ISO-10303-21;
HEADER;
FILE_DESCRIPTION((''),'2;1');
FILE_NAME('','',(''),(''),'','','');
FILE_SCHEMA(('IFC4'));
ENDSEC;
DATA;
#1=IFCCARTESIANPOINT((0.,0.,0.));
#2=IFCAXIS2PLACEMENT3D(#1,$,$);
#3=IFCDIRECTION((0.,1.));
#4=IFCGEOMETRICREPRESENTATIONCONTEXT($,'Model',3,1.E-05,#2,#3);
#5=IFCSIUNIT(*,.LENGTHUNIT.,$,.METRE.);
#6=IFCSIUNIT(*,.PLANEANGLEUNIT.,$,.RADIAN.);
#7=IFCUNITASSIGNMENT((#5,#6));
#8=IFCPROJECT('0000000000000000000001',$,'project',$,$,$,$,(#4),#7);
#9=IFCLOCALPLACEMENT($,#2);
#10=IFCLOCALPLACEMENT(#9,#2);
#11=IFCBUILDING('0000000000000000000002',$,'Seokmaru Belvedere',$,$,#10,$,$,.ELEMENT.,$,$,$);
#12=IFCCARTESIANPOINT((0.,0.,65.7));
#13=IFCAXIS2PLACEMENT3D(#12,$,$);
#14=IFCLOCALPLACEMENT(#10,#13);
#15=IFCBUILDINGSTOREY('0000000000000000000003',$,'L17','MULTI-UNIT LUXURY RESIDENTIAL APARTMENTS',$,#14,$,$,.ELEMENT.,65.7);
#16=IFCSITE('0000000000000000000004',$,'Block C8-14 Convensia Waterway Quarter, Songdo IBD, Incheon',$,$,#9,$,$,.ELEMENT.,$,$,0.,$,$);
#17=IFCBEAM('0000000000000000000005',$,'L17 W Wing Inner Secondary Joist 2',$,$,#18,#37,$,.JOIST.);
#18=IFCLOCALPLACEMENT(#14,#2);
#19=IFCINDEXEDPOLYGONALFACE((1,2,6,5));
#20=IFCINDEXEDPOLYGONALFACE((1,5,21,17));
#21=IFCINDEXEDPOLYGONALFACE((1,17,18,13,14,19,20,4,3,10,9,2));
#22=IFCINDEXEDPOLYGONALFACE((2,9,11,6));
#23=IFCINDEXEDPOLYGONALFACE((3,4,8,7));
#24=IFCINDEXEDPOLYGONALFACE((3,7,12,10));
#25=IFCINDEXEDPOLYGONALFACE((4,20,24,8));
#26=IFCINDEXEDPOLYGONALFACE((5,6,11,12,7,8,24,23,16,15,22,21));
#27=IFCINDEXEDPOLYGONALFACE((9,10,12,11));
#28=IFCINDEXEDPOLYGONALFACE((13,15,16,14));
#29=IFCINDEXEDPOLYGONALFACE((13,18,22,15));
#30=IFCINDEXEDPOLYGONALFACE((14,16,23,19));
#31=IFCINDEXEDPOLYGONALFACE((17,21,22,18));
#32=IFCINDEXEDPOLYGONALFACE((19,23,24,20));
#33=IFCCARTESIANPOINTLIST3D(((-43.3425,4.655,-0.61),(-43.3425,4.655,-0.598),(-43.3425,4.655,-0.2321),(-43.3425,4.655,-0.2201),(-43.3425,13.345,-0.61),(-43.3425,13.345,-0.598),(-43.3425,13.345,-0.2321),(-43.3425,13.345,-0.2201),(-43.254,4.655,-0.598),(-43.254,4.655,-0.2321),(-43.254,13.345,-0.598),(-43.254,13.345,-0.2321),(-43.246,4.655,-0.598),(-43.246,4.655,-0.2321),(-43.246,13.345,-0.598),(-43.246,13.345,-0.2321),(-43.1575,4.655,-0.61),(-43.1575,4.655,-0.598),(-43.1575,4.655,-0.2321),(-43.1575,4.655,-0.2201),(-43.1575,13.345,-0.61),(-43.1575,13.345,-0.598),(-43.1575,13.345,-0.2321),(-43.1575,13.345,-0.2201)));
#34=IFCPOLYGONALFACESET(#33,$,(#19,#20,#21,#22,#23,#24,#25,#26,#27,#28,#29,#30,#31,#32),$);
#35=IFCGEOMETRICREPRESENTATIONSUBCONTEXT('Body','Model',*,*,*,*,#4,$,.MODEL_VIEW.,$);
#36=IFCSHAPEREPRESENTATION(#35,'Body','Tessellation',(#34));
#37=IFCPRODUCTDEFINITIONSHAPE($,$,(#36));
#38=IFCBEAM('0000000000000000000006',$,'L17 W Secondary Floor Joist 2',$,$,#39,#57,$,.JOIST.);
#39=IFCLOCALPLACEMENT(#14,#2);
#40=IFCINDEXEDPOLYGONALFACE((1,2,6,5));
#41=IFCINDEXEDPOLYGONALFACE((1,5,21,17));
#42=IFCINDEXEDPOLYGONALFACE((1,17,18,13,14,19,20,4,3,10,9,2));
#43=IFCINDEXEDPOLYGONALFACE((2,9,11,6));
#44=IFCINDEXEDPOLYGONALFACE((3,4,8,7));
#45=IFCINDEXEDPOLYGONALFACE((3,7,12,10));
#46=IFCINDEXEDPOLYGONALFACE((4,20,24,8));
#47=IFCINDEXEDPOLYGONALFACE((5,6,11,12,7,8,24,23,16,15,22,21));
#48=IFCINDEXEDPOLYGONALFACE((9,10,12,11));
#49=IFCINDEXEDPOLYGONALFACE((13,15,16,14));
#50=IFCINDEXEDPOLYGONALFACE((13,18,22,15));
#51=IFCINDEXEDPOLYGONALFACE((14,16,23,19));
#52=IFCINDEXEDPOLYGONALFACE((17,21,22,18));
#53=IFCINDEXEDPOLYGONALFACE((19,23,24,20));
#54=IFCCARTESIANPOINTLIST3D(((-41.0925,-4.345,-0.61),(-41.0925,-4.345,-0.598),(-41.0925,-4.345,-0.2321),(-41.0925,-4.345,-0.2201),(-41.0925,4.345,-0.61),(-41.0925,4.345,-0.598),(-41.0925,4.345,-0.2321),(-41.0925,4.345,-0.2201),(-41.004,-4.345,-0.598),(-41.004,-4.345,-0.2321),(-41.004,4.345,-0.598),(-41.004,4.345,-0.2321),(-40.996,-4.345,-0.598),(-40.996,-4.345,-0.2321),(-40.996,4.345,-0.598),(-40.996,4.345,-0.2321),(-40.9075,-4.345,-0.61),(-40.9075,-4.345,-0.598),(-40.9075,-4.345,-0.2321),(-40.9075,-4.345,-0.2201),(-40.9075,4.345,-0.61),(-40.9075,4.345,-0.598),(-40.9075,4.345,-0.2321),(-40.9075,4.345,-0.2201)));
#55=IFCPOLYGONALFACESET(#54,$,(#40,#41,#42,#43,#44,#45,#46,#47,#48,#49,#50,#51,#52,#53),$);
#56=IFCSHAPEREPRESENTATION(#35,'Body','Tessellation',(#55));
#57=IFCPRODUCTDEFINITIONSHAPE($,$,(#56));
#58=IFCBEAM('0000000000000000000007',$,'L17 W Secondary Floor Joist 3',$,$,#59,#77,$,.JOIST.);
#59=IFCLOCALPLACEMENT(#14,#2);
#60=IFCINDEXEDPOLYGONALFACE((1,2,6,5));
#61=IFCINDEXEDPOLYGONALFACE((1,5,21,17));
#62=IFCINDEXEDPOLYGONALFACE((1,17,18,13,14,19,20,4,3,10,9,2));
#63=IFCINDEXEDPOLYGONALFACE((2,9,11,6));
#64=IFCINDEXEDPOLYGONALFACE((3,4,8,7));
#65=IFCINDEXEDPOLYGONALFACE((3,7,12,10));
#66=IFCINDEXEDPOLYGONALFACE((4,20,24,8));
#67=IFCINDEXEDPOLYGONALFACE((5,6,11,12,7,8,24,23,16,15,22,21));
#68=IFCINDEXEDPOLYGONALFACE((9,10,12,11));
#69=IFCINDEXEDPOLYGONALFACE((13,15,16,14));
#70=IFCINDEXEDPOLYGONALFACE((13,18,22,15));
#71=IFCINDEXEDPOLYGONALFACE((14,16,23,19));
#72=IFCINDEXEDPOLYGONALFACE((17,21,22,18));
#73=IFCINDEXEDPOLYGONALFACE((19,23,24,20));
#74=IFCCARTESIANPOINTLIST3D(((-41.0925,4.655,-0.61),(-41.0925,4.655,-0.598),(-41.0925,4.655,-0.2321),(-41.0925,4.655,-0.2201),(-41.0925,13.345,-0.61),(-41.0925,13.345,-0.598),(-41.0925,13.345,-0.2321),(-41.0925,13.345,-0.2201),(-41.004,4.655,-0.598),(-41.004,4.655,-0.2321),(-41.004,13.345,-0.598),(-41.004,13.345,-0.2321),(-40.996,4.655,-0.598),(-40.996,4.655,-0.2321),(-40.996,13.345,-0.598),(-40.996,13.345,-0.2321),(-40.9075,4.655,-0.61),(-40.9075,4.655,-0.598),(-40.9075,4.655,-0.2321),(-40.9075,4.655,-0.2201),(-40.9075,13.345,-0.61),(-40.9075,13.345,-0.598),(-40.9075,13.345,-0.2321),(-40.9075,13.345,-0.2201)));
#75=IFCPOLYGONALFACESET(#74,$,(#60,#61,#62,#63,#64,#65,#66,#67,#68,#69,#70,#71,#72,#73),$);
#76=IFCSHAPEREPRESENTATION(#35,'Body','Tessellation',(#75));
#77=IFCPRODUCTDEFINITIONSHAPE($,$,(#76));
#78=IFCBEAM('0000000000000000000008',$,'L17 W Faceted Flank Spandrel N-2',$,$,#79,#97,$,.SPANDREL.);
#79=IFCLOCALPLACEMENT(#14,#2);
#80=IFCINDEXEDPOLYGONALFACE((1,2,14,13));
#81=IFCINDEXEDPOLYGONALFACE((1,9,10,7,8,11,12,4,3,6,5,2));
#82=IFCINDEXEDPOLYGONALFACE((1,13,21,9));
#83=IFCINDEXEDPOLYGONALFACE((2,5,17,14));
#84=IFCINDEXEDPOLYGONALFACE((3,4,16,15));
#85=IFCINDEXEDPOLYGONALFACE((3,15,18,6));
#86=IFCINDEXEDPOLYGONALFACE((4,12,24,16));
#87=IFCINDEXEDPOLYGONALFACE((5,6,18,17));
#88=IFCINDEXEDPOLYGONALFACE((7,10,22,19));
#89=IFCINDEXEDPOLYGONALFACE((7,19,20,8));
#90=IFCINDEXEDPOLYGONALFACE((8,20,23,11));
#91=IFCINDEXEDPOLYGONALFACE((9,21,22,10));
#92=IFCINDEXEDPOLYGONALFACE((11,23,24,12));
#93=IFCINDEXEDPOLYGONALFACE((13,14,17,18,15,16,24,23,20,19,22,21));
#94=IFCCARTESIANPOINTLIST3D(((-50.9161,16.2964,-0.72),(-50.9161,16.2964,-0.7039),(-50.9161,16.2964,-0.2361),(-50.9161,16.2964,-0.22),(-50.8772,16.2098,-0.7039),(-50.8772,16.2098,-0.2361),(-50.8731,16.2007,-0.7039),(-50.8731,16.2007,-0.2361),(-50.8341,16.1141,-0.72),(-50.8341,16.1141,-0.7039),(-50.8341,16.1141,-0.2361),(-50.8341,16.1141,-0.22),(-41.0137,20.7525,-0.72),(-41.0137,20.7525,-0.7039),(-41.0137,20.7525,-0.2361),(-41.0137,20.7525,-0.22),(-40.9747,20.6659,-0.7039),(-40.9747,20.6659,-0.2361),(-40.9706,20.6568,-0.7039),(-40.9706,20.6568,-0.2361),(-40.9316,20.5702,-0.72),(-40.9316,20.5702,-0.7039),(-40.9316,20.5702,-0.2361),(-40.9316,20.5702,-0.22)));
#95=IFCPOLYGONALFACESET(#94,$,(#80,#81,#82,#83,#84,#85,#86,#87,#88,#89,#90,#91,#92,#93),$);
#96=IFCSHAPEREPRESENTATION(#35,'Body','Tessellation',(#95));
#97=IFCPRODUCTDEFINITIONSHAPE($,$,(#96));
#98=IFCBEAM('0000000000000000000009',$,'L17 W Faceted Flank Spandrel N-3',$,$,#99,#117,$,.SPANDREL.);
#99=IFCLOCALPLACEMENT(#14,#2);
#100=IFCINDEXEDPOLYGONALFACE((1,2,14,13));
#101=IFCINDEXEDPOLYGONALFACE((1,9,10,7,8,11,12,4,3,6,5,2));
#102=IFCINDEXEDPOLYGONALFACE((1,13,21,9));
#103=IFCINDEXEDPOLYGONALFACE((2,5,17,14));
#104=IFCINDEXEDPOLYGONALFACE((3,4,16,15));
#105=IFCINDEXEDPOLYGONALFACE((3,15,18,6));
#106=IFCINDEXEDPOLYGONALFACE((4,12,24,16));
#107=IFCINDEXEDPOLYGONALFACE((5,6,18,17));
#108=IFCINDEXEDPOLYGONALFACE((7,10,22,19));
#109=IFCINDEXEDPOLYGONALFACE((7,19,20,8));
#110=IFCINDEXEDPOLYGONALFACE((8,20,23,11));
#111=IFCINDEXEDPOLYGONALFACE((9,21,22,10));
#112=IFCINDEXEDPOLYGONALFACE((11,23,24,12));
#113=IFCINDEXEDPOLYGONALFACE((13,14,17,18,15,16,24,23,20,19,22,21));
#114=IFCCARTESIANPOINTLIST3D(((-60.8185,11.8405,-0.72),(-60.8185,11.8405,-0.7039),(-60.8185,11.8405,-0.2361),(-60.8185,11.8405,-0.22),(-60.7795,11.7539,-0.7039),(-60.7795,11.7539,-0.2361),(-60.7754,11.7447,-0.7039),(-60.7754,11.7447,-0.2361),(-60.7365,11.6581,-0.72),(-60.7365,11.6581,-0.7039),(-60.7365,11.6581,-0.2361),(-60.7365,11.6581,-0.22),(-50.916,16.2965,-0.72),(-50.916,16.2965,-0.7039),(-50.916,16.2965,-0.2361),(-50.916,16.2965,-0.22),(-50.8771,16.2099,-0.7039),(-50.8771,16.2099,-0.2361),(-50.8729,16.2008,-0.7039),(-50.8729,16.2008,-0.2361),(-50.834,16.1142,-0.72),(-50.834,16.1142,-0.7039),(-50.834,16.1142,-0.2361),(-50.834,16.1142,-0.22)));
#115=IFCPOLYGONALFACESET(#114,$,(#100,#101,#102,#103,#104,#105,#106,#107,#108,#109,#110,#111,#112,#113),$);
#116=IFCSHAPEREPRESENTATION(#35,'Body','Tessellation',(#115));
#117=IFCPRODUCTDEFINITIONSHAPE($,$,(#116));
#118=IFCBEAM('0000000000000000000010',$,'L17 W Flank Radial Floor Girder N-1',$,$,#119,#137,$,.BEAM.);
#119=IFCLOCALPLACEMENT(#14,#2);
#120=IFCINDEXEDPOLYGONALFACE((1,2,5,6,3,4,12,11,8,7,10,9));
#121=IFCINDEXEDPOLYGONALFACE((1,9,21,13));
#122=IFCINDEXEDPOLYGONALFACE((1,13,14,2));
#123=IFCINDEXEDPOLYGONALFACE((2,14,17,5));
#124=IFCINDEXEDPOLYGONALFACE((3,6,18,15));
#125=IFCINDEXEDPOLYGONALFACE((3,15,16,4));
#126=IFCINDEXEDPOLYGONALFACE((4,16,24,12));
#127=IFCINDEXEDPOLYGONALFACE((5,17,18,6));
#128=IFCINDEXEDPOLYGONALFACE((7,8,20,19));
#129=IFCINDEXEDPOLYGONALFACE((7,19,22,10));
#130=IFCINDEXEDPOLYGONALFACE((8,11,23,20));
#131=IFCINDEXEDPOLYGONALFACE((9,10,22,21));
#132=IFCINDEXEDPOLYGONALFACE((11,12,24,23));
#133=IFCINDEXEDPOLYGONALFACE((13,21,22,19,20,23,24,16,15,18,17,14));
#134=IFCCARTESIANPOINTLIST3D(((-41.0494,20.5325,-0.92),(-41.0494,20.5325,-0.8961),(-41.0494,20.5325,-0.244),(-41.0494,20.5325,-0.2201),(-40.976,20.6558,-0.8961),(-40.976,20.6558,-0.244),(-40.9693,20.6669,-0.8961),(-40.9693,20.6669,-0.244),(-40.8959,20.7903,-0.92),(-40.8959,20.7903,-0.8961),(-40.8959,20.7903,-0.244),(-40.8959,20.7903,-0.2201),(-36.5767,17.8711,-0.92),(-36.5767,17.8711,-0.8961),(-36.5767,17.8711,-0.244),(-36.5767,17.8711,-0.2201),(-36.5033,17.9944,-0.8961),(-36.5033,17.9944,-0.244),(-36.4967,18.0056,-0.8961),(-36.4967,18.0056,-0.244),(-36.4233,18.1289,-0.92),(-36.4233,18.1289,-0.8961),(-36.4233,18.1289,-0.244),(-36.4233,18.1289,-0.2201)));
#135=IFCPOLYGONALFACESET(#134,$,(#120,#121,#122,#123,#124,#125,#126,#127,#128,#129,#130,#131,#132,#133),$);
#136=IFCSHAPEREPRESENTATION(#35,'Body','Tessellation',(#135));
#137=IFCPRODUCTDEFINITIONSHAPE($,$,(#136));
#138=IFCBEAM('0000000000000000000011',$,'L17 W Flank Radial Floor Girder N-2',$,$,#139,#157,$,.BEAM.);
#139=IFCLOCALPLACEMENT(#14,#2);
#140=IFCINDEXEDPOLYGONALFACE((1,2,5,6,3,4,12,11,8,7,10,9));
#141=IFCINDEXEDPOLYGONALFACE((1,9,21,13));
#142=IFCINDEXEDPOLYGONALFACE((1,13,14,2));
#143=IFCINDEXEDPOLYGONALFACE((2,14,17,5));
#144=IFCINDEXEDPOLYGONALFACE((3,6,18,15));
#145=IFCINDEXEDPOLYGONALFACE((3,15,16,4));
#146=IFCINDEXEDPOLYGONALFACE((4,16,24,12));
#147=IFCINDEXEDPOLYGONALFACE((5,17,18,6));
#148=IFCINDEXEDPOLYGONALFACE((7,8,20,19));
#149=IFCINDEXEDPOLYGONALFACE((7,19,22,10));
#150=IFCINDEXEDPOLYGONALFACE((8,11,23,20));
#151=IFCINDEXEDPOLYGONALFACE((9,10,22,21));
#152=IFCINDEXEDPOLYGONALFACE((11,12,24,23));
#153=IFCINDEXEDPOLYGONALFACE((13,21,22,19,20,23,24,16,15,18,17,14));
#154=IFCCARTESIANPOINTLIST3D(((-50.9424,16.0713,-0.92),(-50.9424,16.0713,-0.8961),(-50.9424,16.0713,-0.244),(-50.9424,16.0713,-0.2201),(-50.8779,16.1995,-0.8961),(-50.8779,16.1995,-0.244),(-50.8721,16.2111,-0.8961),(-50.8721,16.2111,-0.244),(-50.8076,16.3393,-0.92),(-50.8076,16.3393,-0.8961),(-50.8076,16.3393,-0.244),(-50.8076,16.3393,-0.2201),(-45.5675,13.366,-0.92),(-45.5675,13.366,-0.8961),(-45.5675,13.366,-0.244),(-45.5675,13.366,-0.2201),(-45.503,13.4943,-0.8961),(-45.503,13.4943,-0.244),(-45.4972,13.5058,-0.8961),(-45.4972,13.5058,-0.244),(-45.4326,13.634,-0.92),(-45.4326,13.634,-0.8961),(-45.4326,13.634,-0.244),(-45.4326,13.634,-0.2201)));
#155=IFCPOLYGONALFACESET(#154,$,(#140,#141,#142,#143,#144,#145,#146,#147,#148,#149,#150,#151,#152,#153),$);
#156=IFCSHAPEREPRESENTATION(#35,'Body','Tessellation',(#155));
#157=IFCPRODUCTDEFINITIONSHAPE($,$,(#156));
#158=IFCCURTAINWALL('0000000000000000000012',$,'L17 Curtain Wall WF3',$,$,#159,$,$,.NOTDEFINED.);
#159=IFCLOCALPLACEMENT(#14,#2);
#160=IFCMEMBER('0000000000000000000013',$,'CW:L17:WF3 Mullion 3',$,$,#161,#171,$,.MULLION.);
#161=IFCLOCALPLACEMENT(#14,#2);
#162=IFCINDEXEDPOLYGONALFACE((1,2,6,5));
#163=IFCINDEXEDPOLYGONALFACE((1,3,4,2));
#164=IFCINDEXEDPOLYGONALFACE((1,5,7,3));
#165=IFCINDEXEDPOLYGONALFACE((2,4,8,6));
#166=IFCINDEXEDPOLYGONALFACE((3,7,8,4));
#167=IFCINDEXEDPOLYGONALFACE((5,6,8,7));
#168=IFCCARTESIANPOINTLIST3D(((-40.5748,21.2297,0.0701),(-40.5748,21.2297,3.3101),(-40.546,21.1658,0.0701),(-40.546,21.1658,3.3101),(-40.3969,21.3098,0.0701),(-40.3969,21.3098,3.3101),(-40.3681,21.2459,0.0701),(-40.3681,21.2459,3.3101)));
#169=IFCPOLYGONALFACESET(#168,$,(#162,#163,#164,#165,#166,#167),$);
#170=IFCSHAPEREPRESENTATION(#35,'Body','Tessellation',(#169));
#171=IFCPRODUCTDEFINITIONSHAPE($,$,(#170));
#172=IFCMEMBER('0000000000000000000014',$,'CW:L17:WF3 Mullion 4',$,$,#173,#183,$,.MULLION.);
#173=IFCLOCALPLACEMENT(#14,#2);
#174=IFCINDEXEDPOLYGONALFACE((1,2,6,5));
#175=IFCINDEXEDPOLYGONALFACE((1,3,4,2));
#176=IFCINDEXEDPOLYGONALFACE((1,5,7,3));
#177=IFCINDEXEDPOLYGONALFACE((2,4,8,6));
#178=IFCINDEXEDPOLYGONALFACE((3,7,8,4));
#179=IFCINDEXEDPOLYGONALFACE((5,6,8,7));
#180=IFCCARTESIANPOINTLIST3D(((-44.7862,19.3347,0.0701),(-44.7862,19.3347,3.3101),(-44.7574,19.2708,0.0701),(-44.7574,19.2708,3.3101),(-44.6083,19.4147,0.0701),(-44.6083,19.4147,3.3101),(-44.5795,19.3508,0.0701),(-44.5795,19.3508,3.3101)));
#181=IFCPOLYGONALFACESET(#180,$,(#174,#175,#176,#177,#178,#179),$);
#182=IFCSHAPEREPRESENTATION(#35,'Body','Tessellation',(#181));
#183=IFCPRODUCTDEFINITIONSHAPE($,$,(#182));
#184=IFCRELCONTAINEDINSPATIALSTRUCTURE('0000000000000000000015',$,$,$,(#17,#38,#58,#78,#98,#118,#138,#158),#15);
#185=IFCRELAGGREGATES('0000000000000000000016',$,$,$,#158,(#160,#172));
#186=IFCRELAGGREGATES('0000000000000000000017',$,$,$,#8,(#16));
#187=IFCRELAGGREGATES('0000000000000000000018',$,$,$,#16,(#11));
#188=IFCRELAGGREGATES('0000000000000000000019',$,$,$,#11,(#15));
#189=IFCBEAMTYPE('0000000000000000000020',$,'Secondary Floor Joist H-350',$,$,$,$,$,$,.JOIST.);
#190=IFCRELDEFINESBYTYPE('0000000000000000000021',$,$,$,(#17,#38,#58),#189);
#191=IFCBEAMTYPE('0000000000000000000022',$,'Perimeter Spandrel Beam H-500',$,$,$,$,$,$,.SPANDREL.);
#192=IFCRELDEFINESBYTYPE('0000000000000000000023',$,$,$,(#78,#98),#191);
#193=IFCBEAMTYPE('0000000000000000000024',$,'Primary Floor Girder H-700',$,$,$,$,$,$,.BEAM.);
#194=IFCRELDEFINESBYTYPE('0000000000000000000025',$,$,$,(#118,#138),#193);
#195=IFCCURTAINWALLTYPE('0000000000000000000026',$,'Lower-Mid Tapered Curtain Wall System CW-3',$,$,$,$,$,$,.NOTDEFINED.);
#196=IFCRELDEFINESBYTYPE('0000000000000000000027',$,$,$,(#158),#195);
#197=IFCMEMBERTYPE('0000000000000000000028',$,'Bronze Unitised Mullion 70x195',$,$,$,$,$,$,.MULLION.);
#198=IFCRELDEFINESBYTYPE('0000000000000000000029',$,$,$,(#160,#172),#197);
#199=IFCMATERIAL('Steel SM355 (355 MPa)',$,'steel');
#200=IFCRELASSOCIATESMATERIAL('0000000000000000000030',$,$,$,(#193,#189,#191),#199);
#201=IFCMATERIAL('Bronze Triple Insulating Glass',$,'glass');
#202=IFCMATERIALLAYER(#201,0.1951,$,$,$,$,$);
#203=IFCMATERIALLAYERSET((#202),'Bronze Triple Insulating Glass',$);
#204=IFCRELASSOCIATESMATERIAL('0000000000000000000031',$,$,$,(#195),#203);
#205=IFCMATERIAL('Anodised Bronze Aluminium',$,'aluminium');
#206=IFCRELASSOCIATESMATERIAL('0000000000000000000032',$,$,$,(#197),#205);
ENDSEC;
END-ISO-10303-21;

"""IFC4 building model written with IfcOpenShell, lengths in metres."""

from ifc_helpers import new_model, si_unit, direction, frame, origin, origin_2d, place, context, subcontext, project, spatial, rectangle, i_section, extrude, source, transform, mapped, material, layer, layer_set, material_profile, profile_set, type_object, type_shapes, element, aggregate, save


model = new_model("IFC4")

# Units and contexts
model_context = context("Model", 3, precision=1e-05, world=origin(), true_north=direction((0.0, 1.0)))
body_context = subcontext(model_context, "Body", "Model", "MODEL_VIEW")
ifc_project = project(units=[si_unit("LENGTHUNIT", "METRE"), si_unit("PLANEANGLEUNIT", "RADIAN")], contexts=[model_context])

# Site, building, storey
site_placement = place(None, origin())
site = spatial("IfcSite", under=ifc_project, at=site_placement, Name="Block C8-14 Convensia Waterway Quarter, Songdo IBD, Incheon", CompositionType="ELEMENT", RefElevation=0.0)
building_placement = place(site_placement, origin())
building = spatial("IfcBuilding", under=site, at=building_placement, Name="Seokmaru Belvedere", CompositionType="ELEMENT")
storey_placement = place(building_placement, frame((0.0, 0.0, 65.7)))
storey = spatial("IfcBuildingStorey", under=building, at=storey_placement, Name="L17", Description="MULTI-UNIT LUXURY RESIDENTIAL APARTMENTS", CompositionType="ELEMENT", Elevation=65.7)

# Shared definitions
ifc_material_1 = material(Name="Steel SM355 (355 MPa)", Category="steel")

# Beams
ifc_material_profile_1 = material_profile(ifc_material_1, i_section(OverallWidth=0.3, OverallDepth=0.7, WebThickness=0.0129, FlangeThickness=0.0239, at=origin_2d()), Name="H-700x300x13x24")
ifc_profile_set_1 = profile_set([ifc_material_profile_1], Name="Steel SM355 (355 MPa)")
beam_type_1 = type_object("IfcBeamType", Name="Primary Floor Girder H-700", PredefinedType="BEAM", material=ifc_profile_set_1)
ifc_material_profile_2 = material_profile(ifc_material_1, i_section(OverallWidth=0.1851, OverallDepth=0.3899, WebThickness=0.0081, FlangeThickness=0.012, at=origin_2d()), Name="H-390x185x8x12")
ifc_profile_set_2 = profile_set([ifc_material_profile_2], Name="Steel SM355 (355 MPa)")
beam_type_2 = type_object("IfcBeamType", Name="Secondary Floor Joist H-350", PredefinedType="JOIST", material=ifc_profile_set_2)
shared_shape_1 = source(origin(), body_context, "Body", "SweptSolid", [
    extrude(i_section(OverallWidth=0.1851, OverallDepth=0.3899, WebThickness=0.0081, FlangeThickness=0.012, at=origin_2d()), origin(), (0.0, 0.0, 1.0), 8.6899),
])
type_shapes(beam_type_2, [shared_shape_1])
for number, where, z_axis, x_axis, name in (
    (1, (-43.25, 4.655, -0.415), (0.0, 1.0, 0.0), (-1.0, 0.0, 0.0), "L17 W Wing Inner Secondary Joist 2"),
    (2, (-41.0, -4.345, -0.415), (0.0, 1.0, 0.0), (-1.0, 0.0, 0.0), "L17 W Secondary Floor Joist 2"),
    (3, (-41.0, 4.655, -0.415), (0.0, 1.0, 0.0), (-1.0, 0.0, 0.0), "L17 W Secondary Floor Joist 3"),
):
    element("IfcBeam", number, at=place(storey_placement, frame(where, z_axis=z_axis, x_axis=x_axis)), inside=storey, type_object=beam_type_2, Name=name, PredefinedType="JOIST", context=body_context, shape_type="MappedRepresentation", body=[
        mapped(shared_shape_1, transform((0.0, 0.0, 0.0), scale=1.0)),
    ])
ifc_material_profile_3 = material_profile(ifc_material_1, i_section(OverallWidth=0.2, OverallDepth=0.5, WebThickness=0.01, FlangeThickness=0.0161, at=origin_2d()), Name="H-500x200x10x16")
ifc_profile_set_3 = profile_set([ifc_material_profile_3], Name="Steel SM355 (355 MPa)")
beam_type_3 = type_object("IfcBeamType", Name="Perimeter Spandrel Beam H-500", PredefinedType="SPANDREL", material=ifc_profile_set_3)
shared_shape_2 = source(origin(), body_context, "Body", "SweptSolid", [
    extrude(i_section(OverallWidth=0.2, OverallDepth=0.5, WebThickness=0.01, FlangeThickness=0.0161, at=origin_2d()), origin(), (0.0, 0.0, 1.0), 10.8589),
])
type_shapes(beam_type_3, [shared_shape_2])
for number, where, z_axis, x_axis, name in (
    (4, (-40.9727, 20.6614, -0.47), (-0.911922, -0.410365, 0.0), (0.410365, -0.911922, 0.0), "L17 W Faceted Flank Spandrel N-2"),
    (5, (-50.875, 16.2053, -0.47), (-0.911925, -0.410356, 0.0), (0.410356, -0.911925, 0.0), "L17 W Faceted Flank Spandrel N-3"),
):
    element("IfcBeam", number, at=place(storey_placement, frame(where, z_axis=z_axis, x_axis=x_axis)), inside=storey, type_object=beam_type_3, Name=name, PredefinedType="SPANDREL", context=body_context, shape_type="MappedRepresentation", body=[
        mapped(shared_shape_2, transform((0.0, 0.0, 0.0), scale=1.0)),
    ])
shared_shape_3 = source(origin(), body_context, "Body", "SweptSolid", [
    extrude(i_section(OverallWidth=0.3, OverallDepth=0.7, WebThickness=0.0129, FlangeThickness=0.0239, at=origin_2d()), origin(), (0.0, 0.0, 1.0), 5.2046),
])
beam_1_placement = place(storey_placement, frame((-40.9727, 20.6614, -0.5701), z_axis=(0.85937, -0.511354, 0.0), x_axis=(0.511354, 0.85937, 0.0)))
element("IfcBeam", 6, at=beam_1_placement, inside=storey, type_object=beam_type_1, Name="L17 W Flank Radial Floor Girder N-1", PredefinedType="BEAM", context=body_context, shape_type="MappedRepresentation", body=[
    mapped(shared_shape_3, transform((0.0, 0.0, 0.0), scale=1.0)),
])
shared_shape_4 = source(origin(), body_context, "Body", "SweptSolid", [
    extrude(i_section(OverallWidth=0.3, OverallDepth=0.7, WebThickness=0.0129, FlangeThickness=0.0239, at=origin_2d()), origin(), (0.0, 0.0, 1.0), 6.0173),
])
beam_2_placement = place(storey_placement, frame((-50.875, 16.2053, -0.5701), z_axis=(0.893239, -0.449581, 0.0), x_axis=(0.449581, 0.893239, 0.0)))
element("IfcBeam", 7, at=beam_2_placement, inside=storey, type_object=beam_type_1, Name="L17 W Flank Radial Floor Girder N-2", PredefinedType="BEAM", context=body_context, shape_type="MappedRepresentation", body=[
    mapped(shared_shape_4, transform((0.0, 0.0, 0.0), scale=1.0)),
])

# Curtain wall, members
ifc_material_2 = material(Name="Bronze Triple Insulating Glass", Category="glass")
ifc_layer_1 = layer(ifc_material_2, 0.1951)
ifc_layer_set_1 = layer_set([ifc_layer_1], Name="Bronze Triple Insulating Glass")
curtain_wall_type = type_object("IfcCurtainWallType", Name="Lower-Mid Tapered Curtain Wall System CW-3", PredefinedType="NOTDEFINED", material=ifc_layer_set_1)
curtain_wall_placement = place(storey_placement, origin())
curtain_wall = element("IfcCurtainWall", 8, at=curtain_wall_placement, inside=storey, type_object=curtain_wall_type, Name="L17 Curtain Wall WF3", PredefinedType="NOTDEFINED")
ifc_material_3 = material(Name="Anodised Bronze Aluminium", Category="aluminium")
ifc_material_profile_4 = material_profile(ifc_material_3, rectangle(XDim=0.0701, YDim=0.1951, at=origin_2d()), Name="CW-M-70x195")
ifc_profile_set_4 = profile_set([ifc_material_profile_4], Name="Anodised Bronze Aluminium")
member_type = type_object("IfcMemberType", Name="Bronze Unitised Mullion 70x195", PredefinedType="MULLION", material=ifc_profile_set_4)
shared_shape_5 = source(origin(), body_context, "Body", "SweptSolid", [
    extrude(rectangle(XDim=0.0701, YDim=0.1951, at=origin_2d()), origin(), (0.0, 0.0, 1.0), 3.24),
])
type_shapes(member_type, [shared_shape_5])
member_1_placement = place(storey_placement, frame((-40.4714, 21.2378, 0.0701), z_axis=(0.0, 0.0, 1.0), x_axis=(0.410366, -0.911921, 0.0)))
member_1 = element("IfcMember", 9, at=member_1_placement, type_object=member_type, Name="CW:L17:WF3 Mullion 3", PredefinedType="MULLION", context=body_context, shape_type="MappedRepresentation", body=[
    mapped(shared_shape_5, transform((0.0, 0.0, 0.0), scale=1.0)),
])
member_2_placement = place(storey_placement, frame((-44.6829, 19.3428, 0.0701), z_axis=(0.0, 0.0, 1.0), x_axis=(0.410366, -0.911921, 0.0)))
member_2 = element("IfcMember", 10, at=member_2_placement, type_object=member_type, Name="CW:L17:WF3 Mullion 4", PredefinedType="MULLION", context=body_context, shape_type="MappedRepresentation", body=[
    mapped(shared_shape_5, transform((0.0, 0.0, 0.0), scale=1.0)),
])
aggregate(curtain_wall, [member_1, member_2])

save(model, "model.ifc")
